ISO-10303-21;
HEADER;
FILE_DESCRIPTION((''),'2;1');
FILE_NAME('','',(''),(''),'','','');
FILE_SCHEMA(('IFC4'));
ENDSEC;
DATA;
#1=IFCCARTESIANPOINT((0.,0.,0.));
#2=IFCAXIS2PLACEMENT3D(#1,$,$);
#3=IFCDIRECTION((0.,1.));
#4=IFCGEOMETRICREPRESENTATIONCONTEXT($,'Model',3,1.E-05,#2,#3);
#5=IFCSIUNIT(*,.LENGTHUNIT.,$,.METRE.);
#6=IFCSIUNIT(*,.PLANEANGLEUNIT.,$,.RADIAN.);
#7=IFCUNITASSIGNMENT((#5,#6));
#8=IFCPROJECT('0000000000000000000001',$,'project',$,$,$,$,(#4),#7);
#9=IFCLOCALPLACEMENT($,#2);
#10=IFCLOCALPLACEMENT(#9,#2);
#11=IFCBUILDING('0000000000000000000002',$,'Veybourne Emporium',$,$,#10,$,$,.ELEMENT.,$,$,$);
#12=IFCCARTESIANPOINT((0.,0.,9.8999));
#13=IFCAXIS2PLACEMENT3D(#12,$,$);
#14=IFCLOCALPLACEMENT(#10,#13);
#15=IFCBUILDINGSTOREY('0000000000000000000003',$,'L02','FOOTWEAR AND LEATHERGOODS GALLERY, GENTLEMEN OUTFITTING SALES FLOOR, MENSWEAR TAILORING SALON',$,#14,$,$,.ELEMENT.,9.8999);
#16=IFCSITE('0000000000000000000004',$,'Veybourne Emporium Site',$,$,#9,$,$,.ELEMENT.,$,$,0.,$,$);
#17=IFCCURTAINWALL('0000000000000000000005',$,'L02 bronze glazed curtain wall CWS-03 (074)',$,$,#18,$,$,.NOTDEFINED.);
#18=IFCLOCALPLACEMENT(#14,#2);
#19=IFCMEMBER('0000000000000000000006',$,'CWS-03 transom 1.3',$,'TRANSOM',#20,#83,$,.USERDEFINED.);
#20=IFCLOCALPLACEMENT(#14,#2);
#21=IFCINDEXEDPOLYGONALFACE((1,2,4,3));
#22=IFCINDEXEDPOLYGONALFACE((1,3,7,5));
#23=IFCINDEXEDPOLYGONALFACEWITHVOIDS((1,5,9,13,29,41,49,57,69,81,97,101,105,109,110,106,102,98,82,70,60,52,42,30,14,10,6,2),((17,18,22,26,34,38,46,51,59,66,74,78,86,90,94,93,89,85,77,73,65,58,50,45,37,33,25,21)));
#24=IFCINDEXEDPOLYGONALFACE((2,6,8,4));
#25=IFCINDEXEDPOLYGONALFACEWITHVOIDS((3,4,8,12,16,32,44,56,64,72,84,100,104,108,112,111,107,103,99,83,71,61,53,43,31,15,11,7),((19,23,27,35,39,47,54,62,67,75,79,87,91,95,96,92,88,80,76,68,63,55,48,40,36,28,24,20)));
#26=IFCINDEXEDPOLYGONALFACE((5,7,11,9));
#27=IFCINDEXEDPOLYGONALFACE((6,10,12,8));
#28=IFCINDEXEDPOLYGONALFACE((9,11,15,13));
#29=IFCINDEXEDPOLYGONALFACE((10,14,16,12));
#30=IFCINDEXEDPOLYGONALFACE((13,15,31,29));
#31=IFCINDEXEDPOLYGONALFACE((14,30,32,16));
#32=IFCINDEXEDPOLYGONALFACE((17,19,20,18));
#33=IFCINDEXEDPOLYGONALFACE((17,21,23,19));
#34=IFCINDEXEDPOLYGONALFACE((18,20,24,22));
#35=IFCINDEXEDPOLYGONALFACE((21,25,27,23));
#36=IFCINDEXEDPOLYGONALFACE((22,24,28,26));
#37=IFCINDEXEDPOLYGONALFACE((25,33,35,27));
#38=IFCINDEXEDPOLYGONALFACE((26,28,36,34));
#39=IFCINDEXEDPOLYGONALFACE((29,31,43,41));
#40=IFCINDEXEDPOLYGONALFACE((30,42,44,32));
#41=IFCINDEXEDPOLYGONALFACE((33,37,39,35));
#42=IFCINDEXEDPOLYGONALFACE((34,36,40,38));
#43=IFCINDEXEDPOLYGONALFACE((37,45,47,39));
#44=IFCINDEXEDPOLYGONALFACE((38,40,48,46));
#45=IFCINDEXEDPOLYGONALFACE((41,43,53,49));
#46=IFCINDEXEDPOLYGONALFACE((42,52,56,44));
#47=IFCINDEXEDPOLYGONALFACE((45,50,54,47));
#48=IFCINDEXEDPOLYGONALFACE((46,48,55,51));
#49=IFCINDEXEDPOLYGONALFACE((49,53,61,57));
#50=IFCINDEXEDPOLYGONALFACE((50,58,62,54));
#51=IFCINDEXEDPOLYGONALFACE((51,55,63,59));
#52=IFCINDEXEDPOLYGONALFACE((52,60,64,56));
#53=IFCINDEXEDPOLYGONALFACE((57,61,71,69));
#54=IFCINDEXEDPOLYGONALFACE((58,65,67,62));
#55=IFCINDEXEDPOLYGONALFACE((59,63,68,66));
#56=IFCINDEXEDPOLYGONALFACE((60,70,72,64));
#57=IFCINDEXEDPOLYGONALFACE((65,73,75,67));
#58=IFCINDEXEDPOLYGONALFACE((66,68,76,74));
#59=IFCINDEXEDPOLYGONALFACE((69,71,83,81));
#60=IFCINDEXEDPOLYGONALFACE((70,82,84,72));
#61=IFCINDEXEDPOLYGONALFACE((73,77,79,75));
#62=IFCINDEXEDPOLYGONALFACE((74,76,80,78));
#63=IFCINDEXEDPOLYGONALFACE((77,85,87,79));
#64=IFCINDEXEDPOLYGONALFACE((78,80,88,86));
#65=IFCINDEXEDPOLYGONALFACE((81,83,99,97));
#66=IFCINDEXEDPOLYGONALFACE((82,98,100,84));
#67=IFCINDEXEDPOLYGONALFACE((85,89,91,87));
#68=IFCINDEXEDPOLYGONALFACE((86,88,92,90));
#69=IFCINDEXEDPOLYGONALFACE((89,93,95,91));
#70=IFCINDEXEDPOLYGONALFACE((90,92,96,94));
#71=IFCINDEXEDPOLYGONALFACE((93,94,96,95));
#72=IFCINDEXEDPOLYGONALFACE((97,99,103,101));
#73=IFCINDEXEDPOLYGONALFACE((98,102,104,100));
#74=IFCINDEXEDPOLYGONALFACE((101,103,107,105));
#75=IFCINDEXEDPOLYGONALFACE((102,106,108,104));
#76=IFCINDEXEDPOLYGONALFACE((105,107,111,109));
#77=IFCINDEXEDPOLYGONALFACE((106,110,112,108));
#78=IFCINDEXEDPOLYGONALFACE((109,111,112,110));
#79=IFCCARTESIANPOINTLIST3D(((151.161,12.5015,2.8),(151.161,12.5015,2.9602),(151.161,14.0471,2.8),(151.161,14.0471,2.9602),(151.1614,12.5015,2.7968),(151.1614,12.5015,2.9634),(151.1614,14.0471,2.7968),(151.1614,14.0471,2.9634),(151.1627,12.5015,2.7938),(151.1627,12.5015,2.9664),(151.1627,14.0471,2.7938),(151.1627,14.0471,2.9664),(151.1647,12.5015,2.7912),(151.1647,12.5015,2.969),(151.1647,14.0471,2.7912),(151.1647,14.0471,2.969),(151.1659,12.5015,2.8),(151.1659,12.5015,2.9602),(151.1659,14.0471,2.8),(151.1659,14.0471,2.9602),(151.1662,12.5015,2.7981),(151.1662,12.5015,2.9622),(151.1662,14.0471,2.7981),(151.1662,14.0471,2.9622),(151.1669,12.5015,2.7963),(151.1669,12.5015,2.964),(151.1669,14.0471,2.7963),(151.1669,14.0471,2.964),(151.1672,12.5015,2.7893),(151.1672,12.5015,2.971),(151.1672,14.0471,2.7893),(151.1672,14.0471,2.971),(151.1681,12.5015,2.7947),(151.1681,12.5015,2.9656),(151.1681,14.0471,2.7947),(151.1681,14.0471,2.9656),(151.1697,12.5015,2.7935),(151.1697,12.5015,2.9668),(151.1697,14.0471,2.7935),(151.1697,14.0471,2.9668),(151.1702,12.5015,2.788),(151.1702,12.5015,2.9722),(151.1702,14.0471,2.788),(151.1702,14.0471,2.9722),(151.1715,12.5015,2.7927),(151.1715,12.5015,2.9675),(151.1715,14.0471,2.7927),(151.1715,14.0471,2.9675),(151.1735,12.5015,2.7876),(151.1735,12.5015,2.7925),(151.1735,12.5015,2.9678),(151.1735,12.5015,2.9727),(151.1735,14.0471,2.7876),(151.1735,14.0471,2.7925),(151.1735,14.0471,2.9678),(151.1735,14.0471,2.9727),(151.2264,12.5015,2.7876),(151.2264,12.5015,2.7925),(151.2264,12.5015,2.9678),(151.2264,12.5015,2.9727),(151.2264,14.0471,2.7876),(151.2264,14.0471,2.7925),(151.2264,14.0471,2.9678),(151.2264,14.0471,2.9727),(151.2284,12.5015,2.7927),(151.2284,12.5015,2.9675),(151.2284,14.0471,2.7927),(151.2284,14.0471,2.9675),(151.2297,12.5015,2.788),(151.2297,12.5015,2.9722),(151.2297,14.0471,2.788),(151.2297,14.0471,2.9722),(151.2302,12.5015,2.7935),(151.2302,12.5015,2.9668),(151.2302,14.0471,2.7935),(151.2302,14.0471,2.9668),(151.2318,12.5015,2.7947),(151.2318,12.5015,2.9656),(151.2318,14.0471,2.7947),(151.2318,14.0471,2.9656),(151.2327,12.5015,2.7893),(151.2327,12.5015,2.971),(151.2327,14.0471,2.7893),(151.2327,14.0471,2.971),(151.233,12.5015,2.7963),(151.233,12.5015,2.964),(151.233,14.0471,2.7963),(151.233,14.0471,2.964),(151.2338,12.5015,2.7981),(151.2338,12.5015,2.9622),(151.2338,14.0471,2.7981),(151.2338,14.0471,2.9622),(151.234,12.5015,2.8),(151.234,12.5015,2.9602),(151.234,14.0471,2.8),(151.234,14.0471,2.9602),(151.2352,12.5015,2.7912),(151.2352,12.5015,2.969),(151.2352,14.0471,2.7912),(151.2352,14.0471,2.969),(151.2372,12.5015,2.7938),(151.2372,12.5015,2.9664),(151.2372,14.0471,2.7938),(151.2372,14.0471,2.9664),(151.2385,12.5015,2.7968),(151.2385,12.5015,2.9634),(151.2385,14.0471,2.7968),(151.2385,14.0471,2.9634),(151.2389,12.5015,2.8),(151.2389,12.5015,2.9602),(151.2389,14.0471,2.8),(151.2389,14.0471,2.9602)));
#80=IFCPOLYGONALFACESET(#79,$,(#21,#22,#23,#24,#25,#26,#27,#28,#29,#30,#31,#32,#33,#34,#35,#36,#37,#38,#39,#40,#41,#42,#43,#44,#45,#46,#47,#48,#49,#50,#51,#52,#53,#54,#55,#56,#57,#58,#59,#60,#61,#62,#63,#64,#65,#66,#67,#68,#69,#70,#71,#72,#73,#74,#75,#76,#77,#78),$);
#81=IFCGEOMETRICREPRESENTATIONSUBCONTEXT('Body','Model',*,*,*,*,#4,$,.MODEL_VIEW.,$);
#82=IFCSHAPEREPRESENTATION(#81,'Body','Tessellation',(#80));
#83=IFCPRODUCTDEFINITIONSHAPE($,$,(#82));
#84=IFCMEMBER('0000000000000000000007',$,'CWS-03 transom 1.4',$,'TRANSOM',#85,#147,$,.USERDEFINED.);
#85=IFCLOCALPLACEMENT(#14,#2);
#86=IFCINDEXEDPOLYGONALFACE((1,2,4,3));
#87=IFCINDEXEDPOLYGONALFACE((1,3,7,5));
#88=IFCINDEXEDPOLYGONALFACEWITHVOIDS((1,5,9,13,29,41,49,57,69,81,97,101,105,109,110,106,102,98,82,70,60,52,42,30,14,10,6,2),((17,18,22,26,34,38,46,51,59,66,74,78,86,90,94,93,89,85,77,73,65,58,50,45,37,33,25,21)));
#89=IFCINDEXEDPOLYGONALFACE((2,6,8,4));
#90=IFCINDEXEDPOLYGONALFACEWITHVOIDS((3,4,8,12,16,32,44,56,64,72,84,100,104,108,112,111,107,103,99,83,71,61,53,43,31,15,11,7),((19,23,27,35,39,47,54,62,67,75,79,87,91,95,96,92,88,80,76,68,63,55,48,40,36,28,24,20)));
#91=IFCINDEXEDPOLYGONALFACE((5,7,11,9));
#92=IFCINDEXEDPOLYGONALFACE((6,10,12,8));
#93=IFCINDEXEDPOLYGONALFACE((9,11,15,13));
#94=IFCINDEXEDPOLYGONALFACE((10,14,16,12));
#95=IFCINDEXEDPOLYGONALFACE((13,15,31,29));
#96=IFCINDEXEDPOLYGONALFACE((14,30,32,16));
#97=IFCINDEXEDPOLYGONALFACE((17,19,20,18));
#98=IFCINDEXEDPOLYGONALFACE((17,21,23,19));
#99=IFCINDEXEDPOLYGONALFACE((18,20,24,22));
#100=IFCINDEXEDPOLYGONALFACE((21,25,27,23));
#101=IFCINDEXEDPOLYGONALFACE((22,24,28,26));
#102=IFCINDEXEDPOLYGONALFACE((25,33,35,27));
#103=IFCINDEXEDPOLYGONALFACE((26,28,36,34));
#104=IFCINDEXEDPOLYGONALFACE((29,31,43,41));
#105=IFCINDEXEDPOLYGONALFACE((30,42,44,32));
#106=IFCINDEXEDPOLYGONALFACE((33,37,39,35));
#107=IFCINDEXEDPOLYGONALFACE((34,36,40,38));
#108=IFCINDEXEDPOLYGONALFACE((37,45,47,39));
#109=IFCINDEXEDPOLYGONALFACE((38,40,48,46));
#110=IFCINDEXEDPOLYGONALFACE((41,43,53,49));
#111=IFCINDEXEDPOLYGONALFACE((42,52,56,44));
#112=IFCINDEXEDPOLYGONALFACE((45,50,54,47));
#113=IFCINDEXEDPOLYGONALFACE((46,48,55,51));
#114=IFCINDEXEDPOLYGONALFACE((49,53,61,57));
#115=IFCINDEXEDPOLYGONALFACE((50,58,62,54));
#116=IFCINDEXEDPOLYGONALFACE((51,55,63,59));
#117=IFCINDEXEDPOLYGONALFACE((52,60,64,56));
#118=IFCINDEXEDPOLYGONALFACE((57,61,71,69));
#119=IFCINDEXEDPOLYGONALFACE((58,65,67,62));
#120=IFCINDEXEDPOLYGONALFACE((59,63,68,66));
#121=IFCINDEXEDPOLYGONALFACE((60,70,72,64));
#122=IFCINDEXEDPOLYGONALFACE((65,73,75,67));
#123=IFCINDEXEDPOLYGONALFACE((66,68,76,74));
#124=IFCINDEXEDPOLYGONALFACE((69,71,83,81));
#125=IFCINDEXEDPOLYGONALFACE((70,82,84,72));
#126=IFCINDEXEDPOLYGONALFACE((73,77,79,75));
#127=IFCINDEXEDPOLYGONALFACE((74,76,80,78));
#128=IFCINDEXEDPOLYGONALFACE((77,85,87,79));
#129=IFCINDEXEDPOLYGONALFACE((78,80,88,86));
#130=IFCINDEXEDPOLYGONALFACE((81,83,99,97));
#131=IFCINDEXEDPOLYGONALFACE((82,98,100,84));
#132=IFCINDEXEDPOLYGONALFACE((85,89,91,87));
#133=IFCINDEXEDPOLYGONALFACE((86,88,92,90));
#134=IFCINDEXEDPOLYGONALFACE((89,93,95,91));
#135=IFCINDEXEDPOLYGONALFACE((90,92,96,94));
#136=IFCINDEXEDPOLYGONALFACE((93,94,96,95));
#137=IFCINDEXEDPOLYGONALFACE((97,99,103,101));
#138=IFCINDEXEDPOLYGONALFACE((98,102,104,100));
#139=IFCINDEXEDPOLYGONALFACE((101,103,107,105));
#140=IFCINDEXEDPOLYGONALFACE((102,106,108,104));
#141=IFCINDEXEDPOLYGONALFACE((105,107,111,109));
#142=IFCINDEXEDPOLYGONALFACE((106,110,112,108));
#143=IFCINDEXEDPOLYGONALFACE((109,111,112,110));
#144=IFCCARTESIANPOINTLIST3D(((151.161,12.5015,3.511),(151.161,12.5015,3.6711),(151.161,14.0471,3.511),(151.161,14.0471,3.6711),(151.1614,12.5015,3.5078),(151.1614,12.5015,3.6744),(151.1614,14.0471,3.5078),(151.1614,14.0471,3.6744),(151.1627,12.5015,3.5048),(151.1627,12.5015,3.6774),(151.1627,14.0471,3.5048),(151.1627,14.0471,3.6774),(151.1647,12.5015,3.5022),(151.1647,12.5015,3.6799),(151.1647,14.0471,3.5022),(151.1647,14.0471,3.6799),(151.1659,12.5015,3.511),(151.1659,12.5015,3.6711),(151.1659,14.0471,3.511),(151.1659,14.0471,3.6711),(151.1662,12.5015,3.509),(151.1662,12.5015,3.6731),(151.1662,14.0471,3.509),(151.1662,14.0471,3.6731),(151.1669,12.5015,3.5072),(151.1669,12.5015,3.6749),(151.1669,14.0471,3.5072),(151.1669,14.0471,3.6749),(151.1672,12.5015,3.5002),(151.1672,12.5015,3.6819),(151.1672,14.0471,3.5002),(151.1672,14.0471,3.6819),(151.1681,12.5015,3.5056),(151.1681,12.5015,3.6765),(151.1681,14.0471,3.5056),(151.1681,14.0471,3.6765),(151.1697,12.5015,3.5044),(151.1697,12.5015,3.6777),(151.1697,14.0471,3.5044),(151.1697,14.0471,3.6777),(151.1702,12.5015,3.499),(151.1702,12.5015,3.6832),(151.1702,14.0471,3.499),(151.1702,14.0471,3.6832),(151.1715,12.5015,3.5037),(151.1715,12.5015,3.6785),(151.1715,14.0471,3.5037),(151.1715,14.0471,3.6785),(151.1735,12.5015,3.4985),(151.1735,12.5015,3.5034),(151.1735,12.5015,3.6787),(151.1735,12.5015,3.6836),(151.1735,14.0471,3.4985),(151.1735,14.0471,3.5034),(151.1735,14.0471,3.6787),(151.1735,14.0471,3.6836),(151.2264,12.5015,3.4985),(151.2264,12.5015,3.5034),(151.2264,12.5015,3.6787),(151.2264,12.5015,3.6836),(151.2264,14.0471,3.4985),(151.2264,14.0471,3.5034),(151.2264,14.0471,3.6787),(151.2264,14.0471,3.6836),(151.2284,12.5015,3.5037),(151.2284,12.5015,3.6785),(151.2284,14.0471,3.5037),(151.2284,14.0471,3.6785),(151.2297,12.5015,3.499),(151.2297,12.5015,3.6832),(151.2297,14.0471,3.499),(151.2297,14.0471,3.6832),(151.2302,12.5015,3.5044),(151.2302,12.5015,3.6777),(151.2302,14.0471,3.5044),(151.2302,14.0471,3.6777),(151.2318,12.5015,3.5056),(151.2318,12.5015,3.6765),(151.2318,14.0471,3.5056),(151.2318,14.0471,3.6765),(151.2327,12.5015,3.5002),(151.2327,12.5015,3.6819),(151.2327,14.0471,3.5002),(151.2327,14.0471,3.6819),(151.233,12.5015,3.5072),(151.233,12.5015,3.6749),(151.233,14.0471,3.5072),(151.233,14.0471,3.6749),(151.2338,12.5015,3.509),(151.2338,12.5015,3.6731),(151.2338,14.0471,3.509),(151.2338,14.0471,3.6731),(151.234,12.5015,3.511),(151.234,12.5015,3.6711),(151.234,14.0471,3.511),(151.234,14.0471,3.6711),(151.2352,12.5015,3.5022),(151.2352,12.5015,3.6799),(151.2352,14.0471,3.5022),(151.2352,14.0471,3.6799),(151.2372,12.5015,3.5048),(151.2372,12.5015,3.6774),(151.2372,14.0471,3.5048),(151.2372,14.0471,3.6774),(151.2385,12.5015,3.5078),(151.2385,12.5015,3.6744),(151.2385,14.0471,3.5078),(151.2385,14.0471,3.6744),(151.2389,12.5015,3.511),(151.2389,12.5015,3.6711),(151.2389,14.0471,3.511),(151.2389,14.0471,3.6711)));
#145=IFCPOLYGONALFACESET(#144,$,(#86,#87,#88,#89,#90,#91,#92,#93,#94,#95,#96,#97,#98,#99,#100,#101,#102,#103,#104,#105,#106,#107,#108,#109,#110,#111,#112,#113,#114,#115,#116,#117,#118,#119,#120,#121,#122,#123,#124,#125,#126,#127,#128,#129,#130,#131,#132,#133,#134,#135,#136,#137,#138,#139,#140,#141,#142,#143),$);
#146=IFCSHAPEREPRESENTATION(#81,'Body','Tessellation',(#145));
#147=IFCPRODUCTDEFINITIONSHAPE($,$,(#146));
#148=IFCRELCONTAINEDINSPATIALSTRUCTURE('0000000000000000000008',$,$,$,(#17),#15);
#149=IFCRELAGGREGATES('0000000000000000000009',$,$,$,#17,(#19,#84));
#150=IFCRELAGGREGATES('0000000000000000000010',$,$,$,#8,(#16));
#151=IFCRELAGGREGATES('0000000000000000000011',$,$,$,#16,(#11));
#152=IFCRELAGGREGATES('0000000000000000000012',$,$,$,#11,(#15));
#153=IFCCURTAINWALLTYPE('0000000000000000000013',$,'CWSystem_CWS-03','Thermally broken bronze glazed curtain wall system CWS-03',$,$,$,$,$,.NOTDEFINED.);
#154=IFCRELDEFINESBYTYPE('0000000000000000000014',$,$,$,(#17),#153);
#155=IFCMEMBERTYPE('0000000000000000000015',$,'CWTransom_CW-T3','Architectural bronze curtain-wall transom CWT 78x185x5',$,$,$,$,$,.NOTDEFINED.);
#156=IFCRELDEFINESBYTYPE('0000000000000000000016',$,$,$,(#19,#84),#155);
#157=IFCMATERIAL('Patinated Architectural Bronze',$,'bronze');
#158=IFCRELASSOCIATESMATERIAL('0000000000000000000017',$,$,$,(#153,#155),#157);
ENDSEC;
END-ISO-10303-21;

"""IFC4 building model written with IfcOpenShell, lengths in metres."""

from ifc_helpers import new_model, si_unit, direction, frame, origin, origin_2d, place, context, subcontext, project, spatial, hollow_rectangle, extrude, material, material_profile, profile_set, type_object, element, aggregate, save


model = new_model("IFC4")

# Units and contexts
model_context = context("Model", 3, precision=1e-05, world=origin(), true_north=direction((0.0, 1.0)))
body_context = subcontext(model_context, "Body", "Model", "MODEL_VIEW")
ifc_project = project(units=[si_unit("LENGTHUNIT", "METRE"), si_unit("PLANEANGLEUNIT", "RADIAN")], contexts=[model_context])

# Site, building, storey
site_placement = place(None, origin())
site = spatial("IfcSite", under=ifc_project, at=site_placement, Name="Veybourne Emporium Site", CompositionType="ELEMENT", RefElevation=0.0)
building_placement = place(site_placement, origin())
building = spatial("IfcBuilding", under=site, at=building_placement, Name="Veybourne Emporium", CompositionType="ELEMENT")
storey_placement = place(building_placement, frame((0.0, 0.0, 9.8999)))
storey = spatial("IfcBuildingStorey", under=building, at=storey_placement, Name="L02", Description="FOOTWEAR AND LEATHERGOODS GALLERY, GENTLEMEN OUTFITTING SALES FLOOR, MENSWEAR TAILORING SALON", CompositionType="ELEMENT", Elevation=9.8999)

# Curtain wall
ifc_material_1 = material(Name="Patinated Architectural Bronze", Category="bronze")
curtain_wall_type_1 = type_object("IfcCurtainWallType", Name="CWSystem_CWS-03", Description="Thermally broken bronze glazed curtain wall system CWS-03", PredefinedType="NOTDEFINED", material=ifc_material_1)
curtain_wall_1_placement = place(storey_placement, origin())
curtain_wall_1 = element("IfcCurtainWall", 1, at=curtain_wall_1_placement, inside=storey, type_object=curtain_wall_type_1, Name="L02 bronze glazed curtain wall CWS-03 (074)", PredefinedType="NOTDEFINED")

# Members
ifc_material_profile_1 = material_profile(ifc_material_1, hollow_rectangle(XDim=0.0779, YDim=0.1851, WallThickness=0.0049, InnerFilletRadius=0.0076, OuterFilletRadius=0.0125, at=origin_2d()), Name="CWT 78x185x5")
ifc_profile_set_1 = profile_set([ifc_material_profile_1], Name="Patinated Architectural Bronze")
member_type_1 = type_object("IfcMemberType", Name="CWTransom_CW-T3", Description="Architectural bronze curtain-wall transom CWT 78x185x5", PredefinedType="NOTDEFINED", material=ifc_profile_set_1)
member_1_placement = place(storey_placement, frame((151.2, 14.0471, 2.8801), z_axis=(0.0, -1.0, 0.0), x_axis=(1.0, 0.0, 0.0)))
member_1 = element("IfcMember", 2, at=member_1_placement, type_object=member_type_1, Name="CWS-03 transom 1.3", ObjectType="TRANSOM", PredefinedType="USERDEFINED", context=body_context, shape_type="SweptSolid", body=[
    extrude(hollow_rectangle(XDim=0.0779, YDim=0.1851, WallThickness=0.0049, InnerFilletRadius=0.0076, OuterFilletRadius=0.0125, at=origin_2d()), origin(), (0.0, 0.0, 1.0), 1.5457),
])
member_2_placement = place(storey_placement, frame((151.2, 14.0471, 3.5911), z_axis=(0.0, -1.0, 0.0), x_axis=(1.0, 0.0, 0.0)))
member_2 = element("IfcMember", 3, at=member_2_placement, type_object=member_type_1, Name="CWS-03 transom 1.4", ObjectType="TRANSOM", PredefinedType="USERDEFINED", context=body_context, shape_type="SweptSolid", body=[
    extrude(hollow_rectangle(XDim=0.0779, YDim=0.1851, WallThickness=0.0049, InnerFilletRadius=0.0076, OuterFilletRadius=0.0125, at=origin_2d()), origin(), (0.0, 0.0, 1.0), 1.5457),
])

aggregate(curtain_wall_1, [member_1, member_2])

save(model, "model.ifc")
